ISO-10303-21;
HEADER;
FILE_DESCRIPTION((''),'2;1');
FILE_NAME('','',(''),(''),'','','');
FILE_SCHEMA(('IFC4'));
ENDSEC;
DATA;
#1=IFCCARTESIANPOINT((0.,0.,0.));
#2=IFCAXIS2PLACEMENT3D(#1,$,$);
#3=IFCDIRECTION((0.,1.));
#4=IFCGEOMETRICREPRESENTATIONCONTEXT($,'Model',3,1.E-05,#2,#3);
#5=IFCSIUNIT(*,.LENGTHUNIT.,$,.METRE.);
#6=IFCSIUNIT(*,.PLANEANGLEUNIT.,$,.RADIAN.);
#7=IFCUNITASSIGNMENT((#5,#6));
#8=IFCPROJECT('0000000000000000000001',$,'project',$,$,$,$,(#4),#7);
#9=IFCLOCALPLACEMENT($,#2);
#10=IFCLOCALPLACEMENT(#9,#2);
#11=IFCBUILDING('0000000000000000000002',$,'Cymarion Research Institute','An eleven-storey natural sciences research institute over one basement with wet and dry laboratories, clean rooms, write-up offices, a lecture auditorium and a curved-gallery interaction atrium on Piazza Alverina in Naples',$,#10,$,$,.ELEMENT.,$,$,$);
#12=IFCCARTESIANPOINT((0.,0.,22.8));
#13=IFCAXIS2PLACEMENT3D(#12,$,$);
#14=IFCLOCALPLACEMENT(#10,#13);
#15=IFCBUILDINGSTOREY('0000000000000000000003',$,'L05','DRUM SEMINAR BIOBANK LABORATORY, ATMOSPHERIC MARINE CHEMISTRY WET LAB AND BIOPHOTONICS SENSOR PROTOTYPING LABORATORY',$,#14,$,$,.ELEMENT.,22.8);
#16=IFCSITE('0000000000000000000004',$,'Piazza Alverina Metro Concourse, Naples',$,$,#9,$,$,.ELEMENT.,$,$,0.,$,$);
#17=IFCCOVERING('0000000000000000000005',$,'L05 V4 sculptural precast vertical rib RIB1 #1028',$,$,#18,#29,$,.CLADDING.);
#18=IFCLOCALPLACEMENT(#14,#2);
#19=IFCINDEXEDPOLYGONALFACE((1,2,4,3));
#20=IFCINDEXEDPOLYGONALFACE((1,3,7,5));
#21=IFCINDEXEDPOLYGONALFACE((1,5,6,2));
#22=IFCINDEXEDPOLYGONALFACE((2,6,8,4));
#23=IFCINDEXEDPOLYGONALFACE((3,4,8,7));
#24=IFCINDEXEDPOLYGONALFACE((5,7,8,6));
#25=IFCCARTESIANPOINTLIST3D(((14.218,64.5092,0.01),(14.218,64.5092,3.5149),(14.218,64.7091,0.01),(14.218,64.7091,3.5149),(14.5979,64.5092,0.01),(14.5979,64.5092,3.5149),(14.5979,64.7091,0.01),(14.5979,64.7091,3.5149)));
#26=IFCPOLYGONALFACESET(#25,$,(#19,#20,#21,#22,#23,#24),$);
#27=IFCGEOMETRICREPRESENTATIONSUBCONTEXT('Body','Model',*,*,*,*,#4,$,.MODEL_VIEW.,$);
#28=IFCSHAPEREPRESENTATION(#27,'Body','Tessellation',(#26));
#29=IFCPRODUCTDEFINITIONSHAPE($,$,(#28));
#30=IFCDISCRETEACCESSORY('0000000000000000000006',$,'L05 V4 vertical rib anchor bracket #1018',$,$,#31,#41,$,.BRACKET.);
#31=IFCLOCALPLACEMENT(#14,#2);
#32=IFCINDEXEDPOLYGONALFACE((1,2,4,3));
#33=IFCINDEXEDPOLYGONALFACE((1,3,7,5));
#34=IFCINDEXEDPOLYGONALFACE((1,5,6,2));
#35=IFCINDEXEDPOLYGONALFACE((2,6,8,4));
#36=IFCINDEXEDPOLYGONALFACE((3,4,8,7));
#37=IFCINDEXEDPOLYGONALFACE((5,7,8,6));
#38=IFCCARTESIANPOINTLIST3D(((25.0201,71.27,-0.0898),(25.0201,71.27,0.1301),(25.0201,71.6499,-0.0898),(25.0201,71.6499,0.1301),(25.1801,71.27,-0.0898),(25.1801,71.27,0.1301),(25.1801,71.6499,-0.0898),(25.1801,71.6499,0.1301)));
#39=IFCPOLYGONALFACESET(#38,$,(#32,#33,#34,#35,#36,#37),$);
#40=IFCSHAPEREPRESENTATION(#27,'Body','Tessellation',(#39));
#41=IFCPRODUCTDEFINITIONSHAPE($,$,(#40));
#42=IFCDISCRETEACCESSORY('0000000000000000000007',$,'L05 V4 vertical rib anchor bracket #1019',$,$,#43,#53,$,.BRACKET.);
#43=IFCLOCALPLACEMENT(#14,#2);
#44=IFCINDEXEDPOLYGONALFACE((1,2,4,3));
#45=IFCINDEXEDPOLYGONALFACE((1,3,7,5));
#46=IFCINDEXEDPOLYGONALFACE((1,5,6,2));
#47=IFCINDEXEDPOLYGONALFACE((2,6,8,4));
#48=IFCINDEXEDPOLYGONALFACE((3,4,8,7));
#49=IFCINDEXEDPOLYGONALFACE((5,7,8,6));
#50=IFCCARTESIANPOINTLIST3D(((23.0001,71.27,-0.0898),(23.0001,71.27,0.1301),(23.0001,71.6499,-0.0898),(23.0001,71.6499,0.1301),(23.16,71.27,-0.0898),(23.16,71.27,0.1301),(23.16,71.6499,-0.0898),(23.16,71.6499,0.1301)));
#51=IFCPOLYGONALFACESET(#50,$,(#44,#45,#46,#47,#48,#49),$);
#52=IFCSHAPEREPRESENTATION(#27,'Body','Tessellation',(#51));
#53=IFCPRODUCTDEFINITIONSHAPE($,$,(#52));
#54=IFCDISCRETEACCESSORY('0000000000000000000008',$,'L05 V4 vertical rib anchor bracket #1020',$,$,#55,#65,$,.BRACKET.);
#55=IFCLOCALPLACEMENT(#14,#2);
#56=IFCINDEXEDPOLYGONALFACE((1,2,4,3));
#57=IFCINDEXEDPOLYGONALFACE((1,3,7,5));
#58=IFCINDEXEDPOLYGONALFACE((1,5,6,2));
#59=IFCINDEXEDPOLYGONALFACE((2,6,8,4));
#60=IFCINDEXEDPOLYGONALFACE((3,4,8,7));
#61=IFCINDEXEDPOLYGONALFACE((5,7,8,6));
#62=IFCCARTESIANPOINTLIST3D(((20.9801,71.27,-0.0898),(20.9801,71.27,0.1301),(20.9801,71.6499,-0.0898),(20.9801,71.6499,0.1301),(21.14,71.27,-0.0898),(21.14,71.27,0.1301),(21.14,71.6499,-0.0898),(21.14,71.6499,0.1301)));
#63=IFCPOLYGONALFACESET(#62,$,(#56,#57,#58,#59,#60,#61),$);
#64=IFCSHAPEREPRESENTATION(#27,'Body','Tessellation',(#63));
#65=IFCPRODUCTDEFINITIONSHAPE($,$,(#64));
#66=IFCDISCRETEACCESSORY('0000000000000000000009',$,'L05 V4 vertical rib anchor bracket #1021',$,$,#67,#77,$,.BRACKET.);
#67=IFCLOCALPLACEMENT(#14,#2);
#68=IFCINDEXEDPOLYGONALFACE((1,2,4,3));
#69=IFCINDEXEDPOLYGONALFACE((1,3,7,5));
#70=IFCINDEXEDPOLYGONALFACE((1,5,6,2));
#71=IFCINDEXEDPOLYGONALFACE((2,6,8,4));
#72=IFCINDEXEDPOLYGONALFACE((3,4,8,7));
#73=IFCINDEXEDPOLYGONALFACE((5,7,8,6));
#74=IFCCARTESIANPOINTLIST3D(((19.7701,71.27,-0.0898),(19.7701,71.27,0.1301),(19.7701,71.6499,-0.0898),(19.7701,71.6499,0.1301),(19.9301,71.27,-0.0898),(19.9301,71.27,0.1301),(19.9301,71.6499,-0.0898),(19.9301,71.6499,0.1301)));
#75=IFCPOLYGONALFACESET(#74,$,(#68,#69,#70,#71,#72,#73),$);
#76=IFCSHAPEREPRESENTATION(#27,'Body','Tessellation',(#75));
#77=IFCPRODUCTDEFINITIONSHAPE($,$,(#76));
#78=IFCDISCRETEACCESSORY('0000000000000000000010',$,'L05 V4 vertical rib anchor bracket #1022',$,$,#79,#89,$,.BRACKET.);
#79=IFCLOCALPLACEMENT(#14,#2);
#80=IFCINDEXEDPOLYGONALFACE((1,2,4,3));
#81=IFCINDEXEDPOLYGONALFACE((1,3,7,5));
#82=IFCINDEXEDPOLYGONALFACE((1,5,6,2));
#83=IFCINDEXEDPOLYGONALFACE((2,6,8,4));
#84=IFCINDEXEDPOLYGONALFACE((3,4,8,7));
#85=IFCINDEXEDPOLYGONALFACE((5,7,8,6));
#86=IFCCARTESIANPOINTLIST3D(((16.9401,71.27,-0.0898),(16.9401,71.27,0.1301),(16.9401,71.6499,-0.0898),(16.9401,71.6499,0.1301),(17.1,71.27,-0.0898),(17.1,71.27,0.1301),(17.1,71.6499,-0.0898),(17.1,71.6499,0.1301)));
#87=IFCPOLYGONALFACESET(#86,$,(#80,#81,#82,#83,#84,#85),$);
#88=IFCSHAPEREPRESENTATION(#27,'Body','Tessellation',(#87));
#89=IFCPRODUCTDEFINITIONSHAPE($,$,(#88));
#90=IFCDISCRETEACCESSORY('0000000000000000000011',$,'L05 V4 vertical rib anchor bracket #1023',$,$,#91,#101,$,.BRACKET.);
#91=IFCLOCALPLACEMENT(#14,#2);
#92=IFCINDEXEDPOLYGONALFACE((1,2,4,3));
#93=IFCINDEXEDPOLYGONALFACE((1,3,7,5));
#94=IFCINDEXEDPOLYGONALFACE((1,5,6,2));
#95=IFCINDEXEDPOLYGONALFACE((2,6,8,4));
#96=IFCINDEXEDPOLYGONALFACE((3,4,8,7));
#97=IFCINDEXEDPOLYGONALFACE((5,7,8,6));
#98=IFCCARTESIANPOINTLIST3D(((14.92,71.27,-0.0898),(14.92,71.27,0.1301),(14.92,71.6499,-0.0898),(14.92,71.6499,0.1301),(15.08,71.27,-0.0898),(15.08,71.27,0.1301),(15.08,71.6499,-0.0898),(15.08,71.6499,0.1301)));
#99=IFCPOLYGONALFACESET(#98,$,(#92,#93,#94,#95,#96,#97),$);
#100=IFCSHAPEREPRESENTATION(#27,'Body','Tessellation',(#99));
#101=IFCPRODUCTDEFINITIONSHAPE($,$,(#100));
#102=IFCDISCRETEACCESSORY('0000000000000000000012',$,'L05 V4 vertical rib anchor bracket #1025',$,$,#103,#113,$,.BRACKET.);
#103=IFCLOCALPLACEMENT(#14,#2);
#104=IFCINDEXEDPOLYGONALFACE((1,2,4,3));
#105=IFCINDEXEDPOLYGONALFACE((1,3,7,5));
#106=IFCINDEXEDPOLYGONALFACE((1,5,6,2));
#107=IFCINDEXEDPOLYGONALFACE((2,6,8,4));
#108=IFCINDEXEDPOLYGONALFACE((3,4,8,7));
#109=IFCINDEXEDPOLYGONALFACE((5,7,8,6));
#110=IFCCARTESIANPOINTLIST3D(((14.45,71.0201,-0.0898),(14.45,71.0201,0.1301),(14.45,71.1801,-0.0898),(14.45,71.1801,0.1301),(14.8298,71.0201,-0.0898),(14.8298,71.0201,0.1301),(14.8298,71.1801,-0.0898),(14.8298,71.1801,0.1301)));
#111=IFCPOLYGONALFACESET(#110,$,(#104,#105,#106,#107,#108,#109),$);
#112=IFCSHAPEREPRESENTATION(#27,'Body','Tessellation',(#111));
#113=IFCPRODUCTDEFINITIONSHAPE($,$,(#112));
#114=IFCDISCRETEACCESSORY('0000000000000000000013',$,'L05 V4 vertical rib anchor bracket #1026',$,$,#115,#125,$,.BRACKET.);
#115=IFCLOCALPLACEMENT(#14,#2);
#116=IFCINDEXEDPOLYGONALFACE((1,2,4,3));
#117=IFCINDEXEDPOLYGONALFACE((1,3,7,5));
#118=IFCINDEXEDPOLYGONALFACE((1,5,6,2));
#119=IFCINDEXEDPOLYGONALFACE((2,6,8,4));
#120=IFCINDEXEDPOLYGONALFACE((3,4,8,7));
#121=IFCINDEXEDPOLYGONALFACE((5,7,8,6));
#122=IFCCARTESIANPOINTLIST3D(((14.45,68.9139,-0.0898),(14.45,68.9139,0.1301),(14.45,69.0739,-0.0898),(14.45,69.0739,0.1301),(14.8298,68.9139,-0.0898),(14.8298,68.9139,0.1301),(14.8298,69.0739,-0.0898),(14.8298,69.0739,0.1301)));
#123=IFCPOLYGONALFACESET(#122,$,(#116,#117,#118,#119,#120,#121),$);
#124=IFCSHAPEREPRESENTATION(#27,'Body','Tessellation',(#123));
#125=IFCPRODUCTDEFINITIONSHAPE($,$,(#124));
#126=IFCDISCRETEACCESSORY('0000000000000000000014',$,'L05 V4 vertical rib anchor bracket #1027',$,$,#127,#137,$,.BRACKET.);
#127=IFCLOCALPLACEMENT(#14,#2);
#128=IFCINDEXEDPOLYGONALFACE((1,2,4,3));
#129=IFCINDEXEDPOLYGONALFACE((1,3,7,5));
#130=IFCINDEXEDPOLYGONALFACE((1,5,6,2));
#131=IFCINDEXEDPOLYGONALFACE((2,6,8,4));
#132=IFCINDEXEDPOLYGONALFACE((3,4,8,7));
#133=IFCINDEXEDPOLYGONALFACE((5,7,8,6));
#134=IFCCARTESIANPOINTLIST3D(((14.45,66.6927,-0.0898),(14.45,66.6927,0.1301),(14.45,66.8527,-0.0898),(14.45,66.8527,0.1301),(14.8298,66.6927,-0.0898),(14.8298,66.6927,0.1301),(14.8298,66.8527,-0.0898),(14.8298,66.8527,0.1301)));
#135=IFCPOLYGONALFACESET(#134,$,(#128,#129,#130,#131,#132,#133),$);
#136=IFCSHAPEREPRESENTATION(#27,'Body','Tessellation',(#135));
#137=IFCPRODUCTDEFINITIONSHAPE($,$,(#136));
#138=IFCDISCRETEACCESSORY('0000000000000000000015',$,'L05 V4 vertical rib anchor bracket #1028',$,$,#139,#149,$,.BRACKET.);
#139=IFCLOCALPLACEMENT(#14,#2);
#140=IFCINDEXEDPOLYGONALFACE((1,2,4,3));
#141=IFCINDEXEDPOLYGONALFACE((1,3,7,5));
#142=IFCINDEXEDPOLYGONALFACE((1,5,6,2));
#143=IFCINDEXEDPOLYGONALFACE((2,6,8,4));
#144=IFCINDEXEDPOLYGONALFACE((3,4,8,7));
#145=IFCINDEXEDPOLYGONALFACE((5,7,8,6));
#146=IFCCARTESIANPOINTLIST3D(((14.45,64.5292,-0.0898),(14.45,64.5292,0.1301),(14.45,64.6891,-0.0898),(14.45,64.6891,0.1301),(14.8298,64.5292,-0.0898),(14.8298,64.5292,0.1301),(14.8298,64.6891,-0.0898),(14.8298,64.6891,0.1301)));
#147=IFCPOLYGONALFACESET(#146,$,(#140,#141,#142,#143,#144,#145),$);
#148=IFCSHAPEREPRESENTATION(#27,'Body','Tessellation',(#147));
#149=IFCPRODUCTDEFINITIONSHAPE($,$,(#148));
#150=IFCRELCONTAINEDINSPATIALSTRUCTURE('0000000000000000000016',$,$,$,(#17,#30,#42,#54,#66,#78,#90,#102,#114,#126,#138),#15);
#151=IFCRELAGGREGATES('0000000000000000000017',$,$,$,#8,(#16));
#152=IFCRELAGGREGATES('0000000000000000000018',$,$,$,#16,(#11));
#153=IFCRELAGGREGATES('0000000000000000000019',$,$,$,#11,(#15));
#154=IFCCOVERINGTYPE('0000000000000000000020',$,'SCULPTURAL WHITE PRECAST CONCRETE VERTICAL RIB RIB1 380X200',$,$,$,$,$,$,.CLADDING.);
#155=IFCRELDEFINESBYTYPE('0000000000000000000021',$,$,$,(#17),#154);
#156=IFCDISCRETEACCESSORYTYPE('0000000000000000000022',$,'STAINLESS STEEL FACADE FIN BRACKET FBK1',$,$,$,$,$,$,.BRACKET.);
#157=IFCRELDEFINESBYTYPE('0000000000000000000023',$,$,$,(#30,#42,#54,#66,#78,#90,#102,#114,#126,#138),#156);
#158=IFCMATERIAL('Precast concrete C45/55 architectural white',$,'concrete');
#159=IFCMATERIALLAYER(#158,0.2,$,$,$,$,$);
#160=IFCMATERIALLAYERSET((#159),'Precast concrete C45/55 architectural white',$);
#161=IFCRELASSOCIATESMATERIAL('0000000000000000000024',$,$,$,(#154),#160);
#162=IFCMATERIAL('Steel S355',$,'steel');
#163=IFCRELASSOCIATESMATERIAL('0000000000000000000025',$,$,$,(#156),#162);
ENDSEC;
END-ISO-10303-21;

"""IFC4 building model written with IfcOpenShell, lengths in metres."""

from ifc_helpers import new_model, si_unit, direction, frame, origin, origin_2d, place, context, subcontext, project, spatial, rectangle, extrude, material, layer, layer_set, type_object, element, save


model = new_model("IFC4")

# Units and contexts
model_context = context("Model", 3, precision=1e-05, world=origin(), true_north=direction((0.0, 1.0)))
body_context = subcontext(model_context, "Body", "Model", "MODEL_VIEW")
ifc_project = project(units=[si_unit("LENGTHUNIT", "METRE"), si_unit("PLANEANGLEUNIT", "RADIAN")], contexts=[model_context])

# Site, building, storey
site_placement = place(None, origin())
site = spatial("IfcSite", under=ifc_project, at=site_placement, Name="Piazza Alverina Metro Concourse, Naples", CompositionType="ELEMENT", RefElevation=0.0)
building_placement = place(site_placement, origin())
building = spatial("IfcBuilding", under=site, at=building_placement, Name="Cymarion Research Institute", Description="An eleven-storey natural sciences research institute over one basement with wet and dry laboratories, clean rooms, write-up offices, a lecture auditorium and a curved-gallery interaction atrium on Piazza Alverina in Naples", CompositionType="ELEMENT")
storey_placement = place(building_placement, frame((0.0, 0.0, 22.8)))
storey = spatial("IfcBuildingStorey", under=building, at=storey_placement, Name="L05", Description="DRUM SEMINAR BIOBANK LABORATORY, ATMOSPHERIC MARINE CHEMISTRY WET LAB AND BIOPHOTONICS SENSOR PROTOTYPING LABORATORY", CompositionType="ELEMENT", Elevation=22.8)

# Shared definitions
ifc_material_1 = material(Name="Steel S355", Category="steel")

# Covering
ifc_material_2 = material(Name="Precast concrete C45/55 architectural white", Category="concrete")
ifc_layer_1 = layer(ifc_material_2, 0.2)
ifc_layer_set_1 = layer_set([ifc_layer_1], Name="Precast concrete C45/55 architectural white")
covering_type = type_object("IfcCoveringType", Name="SCULPTURAL WHITE PRECAST CONCRETE VERTICAL RIB RIB1 380X200", PredefinedType="CLADDING", material=ifc_layer_set_1)
for number, where, z_axis, x_axis, name in (
    (1, (14.408, 64.6091, 0.01), (0.0, 0.0, 1.0), (-1.0, 0.0, 0.0), "L05 V4 sculptural precast vertical rib RIB1 #1028"),
):
    element("IfcCovering", number, at=place(storey_placement, frame(where, z_axis=z_axis, x_axis=x_axis)), inside=storey, type_object=covering_type, Name=name, PredefinedType="CLADDING", context=body_context, shape_type="SweptSolid", body=[
        extrude(rectangle(XDim=0.3799, YDim=0.2, at=origin_2d()), origin(), (0.0, 0.0, 1.0), 3.5049),
    ])

# Discrete accessories
discrete_accessory_type = type_object("IfcDiscreteAccessoryType", Name="STAINLESS STEEL FACADE FIN BRACKET FBK1", PredefinedType="BRACKET", material=ifc_material_1)
for number, where, z_axis, x_axis, name in (
    (2, (25.1001, 71.46, -0.0898), (0.0, 0.0, 1.0), (0.0, 1.0, 0.0), "L05 V4 vertical rib anchor bracket #1018"),
    (3, (23.0801, 71.46, -0.0898), (0.0, 0.0, 1.0), (0.0, 1.0, 0.0), "L05 V4 vertical rib anchor bracket #1019"),
    (4, (21.0601, 71.46, -0.0898), (0.0, 0.0, 1.0), (0.0, 1.0, 0.0), "L05 V4 vertical rib anchor bracket #1020"),
    (5, (19.8501, 71.46, -0.0898), (0.0, 0.0, 1.0), (0.0, 1.0, 0.0), "L05 V4 vertical rib anchor bracket #1021"),
    (6, (17.02, 71.46, -0.0898), (0.0, 0.0, 1.0), (0.0, 1.0, 0.0), "L05 V4 vertical rib anchor bracket #1022"),
    (7, (15.0, 71.46, -0.0898), (0.0, 0.0, 1.0), (0.0, 1.0, 0.0), "L05 V4 vertical rib anchor bracket #1023"),
    (8, (14.6399, 71.1001, -0.0898), (0.0, 0.0, 1.0), (-1.0, 0.0, 0.0), "L05 V4 vertical rib anchor bracket #1025"),
    (9, (14.6399, 68.9939, -0.0898), (0.0, 0.0, 1.0), (-1.0, 0.0, 0.0), "L05 V4 vertical rib anchor bracket #1026"),
    (10, (14.6399, 66.7727, -0.0898), (0.0, 0.0, 1.0), (-1.0, 0.0, 0.0), "L05 V4 vertical rib anchor bracket #1027"),
    (11, (14.6399, 64.6091, -0.0898), (0.0, 0.0, 1.0), (-1.0, 0.0, 0.0), "L05 V4 vertical rib anchor bracket #1028"),
):
    element("IfcDiscreteAccessory", number, at=place(storey_placement, frame(where, z_axis=z_axis, x_axis=x_axis)), inside=storey, type_object=discrete_accessory_type, Name=name, PredefinedType="BRACKET", context=body_context, shape_type="SweptSolid", body=[
        extrude(rectangle(XDim=0.3799, YDim=0.1599, at=origin_2d()), origin(), (0.0, 0.0, 1.0), 0.22),
    ])

save(model, "model.ifc")
